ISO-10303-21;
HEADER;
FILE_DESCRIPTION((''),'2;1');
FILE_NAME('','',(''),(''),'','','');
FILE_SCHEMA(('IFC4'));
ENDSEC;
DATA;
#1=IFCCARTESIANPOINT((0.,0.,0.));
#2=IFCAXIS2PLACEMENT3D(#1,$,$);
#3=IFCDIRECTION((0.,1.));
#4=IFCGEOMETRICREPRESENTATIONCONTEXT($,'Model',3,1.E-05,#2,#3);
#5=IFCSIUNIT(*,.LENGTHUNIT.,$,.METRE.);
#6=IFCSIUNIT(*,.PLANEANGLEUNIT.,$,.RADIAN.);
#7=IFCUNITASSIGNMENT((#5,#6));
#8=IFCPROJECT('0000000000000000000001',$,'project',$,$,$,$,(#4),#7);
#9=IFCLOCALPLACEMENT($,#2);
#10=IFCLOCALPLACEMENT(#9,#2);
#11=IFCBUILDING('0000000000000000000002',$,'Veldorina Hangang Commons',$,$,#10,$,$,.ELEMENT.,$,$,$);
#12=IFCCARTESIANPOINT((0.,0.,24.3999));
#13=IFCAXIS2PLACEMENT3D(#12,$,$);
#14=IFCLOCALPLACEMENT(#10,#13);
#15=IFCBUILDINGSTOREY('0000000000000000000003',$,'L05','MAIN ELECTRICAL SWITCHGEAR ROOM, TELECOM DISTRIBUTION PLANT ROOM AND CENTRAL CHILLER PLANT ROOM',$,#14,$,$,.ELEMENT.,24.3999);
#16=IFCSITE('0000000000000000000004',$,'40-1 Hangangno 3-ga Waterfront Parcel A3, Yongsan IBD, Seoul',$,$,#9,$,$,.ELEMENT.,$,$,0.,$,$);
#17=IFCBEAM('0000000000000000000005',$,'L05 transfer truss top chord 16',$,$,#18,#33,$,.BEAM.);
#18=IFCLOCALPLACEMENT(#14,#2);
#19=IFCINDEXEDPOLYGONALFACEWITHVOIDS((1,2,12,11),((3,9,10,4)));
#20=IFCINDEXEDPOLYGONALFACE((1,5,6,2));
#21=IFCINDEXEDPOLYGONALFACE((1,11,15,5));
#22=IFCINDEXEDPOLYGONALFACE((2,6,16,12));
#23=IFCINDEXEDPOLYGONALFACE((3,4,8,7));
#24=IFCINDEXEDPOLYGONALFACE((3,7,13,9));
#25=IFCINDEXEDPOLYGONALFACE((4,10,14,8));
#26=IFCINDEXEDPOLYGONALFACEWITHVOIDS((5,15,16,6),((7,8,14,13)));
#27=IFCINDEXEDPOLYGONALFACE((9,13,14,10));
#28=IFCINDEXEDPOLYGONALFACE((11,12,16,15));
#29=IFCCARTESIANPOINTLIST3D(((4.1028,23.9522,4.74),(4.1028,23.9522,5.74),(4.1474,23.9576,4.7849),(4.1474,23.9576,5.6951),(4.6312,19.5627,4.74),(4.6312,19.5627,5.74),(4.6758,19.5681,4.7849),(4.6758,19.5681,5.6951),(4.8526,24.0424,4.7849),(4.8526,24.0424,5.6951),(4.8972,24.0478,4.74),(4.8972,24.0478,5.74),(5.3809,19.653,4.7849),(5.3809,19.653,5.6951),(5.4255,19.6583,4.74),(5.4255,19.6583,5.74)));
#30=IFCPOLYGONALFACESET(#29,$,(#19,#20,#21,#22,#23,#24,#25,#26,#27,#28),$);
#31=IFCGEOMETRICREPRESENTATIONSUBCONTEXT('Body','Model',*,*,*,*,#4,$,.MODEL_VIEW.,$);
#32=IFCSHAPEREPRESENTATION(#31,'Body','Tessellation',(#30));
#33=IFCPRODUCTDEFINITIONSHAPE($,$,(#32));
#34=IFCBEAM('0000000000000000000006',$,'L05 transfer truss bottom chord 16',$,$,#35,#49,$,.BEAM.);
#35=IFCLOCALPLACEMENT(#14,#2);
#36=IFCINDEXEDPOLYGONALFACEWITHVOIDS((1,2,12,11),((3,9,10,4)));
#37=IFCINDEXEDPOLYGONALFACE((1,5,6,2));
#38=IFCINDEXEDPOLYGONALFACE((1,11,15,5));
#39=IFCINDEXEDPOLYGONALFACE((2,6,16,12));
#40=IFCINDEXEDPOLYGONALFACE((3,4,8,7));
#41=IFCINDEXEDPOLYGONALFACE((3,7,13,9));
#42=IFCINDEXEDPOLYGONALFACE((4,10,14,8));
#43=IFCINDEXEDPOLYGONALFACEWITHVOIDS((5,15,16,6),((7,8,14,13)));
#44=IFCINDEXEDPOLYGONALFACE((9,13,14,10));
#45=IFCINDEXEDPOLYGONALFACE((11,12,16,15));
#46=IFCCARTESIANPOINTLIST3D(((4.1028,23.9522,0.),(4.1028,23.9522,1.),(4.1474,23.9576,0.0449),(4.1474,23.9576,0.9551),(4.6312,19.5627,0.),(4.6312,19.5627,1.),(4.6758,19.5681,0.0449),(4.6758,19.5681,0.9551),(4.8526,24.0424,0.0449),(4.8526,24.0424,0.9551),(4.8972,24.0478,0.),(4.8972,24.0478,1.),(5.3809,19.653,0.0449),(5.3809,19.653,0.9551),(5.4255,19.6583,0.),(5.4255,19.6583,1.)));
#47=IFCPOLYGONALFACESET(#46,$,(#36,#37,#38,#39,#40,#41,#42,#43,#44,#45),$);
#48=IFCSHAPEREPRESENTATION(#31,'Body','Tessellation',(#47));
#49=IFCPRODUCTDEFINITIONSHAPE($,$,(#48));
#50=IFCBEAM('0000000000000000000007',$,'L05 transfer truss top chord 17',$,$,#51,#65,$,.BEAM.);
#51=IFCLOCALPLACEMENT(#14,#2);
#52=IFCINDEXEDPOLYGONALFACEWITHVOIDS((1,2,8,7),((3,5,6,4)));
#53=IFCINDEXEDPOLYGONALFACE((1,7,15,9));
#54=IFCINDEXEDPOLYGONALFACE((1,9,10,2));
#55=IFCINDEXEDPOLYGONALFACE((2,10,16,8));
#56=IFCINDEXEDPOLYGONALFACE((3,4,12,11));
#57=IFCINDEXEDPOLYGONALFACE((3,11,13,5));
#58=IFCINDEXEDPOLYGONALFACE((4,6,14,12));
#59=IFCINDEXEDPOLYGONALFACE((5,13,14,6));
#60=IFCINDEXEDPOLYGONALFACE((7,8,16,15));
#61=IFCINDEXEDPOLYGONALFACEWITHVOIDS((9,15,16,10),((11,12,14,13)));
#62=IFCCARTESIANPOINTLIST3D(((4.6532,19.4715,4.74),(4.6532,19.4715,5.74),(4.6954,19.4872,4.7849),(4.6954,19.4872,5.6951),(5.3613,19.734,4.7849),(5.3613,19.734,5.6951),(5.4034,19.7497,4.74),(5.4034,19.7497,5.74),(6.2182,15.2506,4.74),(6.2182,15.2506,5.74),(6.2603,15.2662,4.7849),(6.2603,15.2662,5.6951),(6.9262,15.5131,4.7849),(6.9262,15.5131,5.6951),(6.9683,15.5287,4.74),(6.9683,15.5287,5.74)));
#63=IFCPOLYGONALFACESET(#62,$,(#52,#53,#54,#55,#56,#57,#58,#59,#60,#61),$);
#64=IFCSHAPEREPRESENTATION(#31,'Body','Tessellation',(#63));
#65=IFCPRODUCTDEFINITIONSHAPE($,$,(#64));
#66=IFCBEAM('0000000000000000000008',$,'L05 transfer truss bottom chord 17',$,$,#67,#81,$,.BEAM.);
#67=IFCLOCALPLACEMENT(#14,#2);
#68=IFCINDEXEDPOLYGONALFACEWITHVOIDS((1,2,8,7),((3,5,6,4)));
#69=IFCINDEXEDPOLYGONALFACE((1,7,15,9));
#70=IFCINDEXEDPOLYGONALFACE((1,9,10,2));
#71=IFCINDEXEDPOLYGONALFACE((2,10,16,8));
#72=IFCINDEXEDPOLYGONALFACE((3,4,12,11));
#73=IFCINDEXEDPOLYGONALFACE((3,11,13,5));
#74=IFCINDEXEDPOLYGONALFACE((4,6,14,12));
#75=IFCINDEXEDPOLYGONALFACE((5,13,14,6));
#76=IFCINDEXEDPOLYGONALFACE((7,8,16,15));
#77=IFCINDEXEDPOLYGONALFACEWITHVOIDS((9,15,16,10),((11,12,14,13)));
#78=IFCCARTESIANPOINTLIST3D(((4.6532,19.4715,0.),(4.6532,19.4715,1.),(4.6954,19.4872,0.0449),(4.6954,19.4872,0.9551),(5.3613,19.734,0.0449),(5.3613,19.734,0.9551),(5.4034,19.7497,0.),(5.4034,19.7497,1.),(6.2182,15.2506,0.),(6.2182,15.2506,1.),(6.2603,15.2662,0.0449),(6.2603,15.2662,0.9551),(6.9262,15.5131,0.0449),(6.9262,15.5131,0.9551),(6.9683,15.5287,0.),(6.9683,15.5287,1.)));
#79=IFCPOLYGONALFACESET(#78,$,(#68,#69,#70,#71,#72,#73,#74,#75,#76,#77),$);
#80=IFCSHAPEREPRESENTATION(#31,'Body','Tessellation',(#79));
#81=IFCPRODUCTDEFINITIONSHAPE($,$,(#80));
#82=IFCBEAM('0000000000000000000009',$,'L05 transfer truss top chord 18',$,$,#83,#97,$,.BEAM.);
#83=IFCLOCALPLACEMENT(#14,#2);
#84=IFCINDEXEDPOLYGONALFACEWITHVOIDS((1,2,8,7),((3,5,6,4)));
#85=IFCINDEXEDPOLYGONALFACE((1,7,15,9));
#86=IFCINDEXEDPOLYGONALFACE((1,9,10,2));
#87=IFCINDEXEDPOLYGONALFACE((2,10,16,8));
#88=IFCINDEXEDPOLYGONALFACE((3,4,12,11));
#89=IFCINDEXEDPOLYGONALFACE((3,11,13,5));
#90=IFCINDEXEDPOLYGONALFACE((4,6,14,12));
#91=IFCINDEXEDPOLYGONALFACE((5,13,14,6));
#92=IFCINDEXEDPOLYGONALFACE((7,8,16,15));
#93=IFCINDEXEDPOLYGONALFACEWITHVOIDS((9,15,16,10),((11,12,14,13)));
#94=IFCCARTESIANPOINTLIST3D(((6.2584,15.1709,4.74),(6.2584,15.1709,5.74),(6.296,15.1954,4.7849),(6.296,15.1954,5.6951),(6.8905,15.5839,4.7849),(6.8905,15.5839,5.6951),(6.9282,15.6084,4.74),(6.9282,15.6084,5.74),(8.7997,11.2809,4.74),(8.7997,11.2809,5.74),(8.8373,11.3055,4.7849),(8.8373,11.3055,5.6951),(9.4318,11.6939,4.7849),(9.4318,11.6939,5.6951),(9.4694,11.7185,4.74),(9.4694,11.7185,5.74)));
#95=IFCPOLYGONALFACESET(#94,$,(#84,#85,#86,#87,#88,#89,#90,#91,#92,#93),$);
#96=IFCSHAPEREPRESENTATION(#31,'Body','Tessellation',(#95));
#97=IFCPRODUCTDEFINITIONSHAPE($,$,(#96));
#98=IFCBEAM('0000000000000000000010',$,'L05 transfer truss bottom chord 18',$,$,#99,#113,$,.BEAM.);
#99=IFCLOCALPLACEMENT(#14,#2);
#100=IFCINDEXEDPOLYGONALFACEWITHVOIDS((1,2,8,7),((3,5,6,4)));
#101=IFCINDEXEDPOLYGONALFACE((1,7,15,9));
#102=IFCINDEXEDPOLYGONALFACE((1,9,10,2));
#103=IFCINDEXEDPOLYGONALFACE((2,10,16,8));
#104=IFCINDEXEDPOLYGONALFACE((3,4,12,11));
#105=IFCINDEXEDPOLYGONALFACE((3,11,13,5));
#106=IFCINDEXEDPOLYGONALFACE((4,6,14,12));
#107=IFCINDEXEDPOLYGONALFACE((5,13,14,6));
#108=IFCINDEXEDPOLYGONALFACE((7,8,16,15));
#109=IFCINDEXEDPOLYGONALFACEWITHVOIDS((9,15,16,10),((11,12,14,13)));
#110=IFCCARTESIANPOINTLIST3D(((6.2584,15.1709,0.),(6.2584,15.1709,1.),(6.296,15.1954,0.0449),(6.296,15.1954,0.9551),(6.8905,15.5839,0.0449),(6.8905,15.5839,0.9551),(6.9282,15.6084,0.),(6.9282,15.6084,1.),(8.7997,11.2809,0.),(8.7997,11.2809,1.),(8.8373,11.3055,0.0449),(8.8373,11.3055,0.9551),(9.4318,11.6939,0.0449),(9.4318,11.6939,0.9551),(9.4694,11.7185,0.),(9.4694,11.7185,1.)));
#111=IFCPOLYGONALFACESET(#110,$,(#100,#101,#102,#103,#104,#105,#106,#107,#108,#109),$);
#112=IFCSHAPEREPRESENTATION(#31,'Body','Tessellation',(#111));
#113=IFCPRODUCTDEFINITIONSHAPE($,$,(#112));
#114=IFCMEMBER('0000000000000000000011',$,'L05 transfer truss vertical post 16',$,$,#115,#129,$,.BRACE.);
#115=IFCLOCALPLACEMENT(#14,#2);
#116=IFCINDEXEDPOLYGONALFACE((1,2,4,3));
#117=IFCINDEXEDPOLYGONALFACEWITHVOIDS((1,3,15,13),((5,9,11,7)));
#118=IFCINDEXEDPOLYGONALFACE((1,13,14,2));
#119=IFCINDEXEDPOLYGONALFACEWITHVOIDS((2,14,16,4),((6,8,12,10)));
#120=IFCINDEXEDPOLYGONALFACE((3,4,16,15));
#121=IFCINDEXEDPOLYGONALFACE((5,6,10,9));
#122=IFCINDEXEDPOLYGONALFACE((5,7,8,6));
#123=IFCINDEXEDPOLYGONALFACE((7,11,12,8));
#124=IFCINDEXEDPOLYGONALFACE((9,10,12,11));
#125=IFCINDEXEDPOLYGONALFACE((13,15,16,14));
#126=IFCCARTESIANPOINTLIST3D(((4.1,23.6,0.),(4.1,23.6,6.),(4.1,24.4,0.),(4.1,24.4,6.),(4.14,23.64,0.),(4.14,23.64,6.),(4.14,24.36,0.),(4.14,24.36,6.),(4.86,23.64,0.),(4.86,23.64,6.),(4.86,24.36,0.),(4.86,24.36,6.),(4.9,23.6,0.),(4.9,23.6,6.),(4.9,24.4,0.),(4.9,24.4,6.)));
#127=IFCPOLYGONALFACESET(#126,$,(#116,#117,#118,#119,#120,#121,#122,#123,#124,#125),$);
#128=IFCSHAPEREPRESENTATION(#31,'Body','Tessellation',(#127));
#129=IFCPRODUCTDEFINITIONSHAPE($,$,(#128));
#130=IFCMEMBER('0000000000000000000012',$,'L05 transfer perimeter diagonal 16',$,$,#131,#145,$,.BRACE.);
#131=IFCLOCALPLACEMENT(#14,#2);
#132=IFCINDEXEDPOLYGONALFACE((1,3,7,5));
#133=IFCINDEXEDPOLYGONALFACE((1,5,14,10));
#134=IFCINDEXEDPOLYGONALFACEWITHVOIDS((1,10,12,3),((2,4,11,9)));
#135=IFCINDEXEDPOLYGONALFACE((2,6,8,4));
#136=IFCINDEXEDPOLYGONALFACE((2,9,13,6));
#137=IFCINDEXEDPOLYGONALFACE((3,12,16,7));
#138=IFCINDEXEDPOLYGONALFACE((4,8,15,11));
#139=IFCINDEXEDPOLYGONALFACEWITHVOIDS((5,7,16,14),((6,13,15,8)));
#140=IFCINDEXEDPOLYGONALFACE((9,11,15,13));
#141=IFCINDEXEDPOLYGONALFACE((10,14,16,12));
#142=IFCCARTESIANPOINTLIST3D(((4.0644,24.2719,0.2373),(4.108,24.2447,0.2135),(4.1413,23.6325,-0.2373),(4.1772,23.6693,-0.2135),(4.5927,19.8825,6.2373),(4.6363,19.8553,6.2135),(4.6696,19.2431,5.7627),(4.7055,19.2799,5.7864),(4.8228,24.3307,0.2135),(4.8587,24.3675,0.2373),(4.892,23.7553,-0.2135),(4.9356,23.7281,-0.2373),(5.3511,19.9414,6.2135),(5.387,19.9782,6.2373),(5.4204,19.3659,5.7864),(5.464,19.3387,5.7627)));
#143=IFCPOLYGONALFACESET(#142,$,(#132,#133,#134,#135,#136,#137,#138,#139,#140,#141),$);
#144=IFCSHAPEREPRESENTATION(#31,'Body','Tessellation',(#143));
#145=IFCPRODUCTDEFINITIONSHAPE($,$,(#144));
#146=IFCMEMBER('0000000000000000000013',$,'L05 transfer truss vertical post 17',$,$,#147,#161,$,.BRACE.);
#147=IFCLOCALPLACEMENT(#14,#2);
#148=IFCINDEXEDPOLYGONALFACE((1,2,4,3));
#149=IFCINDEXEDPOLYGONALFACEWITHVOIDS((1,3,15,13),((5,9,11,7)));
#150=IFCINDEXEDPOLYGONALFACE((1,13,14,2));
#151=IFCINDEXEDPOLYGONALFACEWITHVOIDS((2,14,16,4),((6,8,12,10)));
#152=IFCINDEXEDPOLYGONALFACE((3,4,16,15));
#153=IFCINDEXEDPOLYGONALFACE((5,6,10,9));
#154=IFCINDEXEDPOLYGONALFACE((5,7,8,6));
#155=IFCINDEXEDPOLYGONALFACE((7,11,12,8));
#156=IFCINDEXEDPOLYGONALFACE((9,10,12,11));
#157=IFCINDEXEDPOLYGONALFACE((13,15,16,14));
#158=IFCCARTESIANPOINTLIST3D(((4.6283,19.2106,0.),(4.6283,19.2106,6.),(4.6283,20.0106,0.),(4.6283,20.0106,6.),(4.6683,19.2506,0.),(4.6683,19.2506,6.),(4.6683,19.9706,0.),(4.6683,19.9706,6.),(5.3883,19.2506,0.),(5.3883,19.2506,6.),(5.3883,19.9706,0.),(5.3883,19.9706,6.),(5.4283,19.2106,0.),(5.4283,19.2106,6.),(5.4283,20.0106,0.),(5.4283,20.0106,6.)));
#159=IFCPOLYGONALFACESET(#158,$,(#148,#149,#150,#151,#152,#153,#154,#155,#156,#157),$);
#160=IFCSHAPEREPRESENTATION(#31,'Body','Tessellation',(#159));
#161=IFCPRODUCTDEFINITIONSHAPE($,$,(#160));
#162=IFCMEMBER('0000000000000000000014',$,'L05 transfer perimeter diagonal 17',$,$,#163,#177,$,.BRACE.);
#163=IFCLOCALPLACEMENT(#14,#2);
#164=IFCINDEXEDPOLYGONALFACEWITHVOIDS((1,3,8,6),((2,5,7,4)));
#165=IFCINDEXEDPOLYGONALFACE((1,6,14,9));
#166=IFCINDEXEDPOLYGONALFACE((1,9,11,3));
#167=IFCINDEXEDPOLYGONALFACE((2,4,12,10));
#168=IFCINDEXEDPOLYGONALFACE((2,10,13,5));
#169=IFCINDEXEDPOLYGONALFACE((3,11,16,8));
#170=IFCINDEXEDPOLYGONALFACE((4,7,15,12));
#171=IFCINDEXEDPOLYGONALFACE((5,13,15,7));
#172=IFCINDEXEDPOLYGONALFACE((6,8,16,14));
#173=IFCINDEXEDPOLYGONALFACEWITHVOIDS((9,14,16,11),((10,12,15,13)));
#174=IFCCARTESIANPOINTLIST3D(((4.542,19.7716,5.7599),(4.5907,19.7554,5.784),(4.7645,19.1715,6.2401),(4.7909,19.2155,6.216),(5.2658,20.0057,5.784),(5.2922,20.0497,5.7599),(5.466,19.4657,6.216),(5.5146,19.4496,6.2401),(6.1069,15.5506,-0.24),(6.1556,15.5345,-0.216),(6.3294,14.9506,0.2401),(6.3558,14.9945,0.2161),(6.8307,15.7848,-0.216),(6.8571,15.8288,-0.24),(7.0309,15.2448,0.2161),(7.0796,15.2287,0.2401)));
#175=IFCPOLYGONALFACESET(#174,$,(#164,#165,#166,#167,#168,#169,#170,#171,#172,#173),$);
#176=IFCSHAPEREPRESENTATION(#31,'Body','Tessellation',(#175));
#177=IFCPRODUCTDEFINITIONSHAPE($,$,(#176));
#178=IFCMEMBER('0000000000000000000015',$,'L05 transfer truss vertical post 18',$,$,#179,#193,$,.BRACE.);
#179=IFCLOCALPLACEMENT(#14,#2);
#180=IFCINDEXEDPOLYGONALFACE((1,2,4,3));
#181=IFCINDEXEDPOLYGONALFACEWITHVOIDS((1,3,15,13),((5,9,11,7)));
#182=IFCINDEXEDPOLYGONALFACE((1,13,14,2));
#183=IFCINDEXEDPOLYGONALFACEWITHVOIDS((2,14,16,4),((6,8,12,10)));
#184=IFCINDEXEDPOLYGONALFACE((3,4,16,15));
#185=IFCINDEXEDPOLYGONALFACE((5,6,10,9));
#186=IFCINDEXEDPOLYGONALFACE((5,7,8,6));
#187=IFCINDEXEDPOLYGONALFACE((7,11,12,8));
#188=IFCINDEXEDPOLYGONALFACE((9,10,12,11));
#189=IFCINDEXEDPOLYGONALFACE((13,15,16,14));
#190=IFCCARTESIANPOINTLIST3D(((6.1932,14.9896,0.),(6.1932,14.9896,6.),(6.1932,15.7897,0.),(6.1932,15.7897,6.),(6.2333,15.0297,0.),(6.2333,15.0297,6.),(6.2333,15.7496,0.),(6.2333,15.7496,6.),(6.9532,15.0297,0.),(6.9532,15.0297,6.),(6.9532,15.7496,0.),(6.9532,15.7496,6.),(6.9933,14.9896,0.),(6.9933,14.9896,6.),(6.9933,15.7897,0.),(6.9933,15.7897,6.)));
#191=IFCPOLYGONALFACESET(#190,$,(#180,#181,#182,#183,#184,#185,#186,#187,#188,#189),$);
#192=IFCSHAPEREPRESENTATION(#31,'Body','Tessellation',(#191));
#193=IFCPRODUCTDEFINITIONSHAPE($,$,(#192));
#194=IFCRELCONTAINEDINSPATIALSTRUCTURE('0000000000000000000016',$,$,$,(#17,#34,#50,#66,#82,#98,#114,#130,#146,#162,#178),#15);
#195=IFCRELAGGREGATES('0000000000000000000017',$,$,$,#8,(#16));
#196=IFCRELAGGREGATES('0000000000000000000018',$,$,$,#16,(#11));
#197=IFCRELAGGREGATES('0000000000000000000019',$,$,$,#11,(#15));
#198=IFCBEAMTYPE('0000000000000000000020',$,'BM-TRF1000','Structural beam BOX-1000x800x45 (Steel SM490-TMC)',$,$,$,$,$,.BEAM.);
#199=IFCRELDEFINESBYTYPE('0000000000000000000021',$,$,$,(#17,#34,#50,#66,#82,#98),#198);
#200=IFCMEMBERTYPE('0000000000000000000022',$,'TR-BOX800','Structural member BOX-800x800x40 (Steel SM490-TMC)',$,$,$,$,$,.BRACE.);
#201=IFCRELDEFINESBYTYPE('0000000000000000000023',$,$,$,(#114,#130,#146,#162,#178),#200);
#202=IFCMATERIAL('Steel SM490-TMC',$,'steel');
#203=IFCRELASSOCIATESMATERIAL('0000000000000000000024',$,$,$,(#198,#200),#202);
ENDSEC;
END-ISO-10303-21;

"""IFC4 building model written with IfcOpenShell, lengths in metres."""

from ifc_helpers import new_model, si_unit, direction, frame, origin, origin_2d, place, context, subcontext, project, spatial, hollow_rectangle, extrude, material, material_profile, profile_set, type_object, element, save


model = new_model("IFC4")

# Units and contexts
model_context = context("Model", 3, precision=1e-05, world=origin(), true_north=direction((0.0, 1.0)))
body_context = subcontext(model_context, "Body", "Model", "MODEL_VIEW")
ifc_project = project(units=[si_unit("LENGTHUNIT", "METRE"), si_unit("PLANEANGLEUNIT", "RADIAN")], contexts=[model_context])

# Site, building, storey
site_placement = place(None, origin())
site = spatial("IfcSite", under=ifc_project, at=site_placement, Name="40-1 Hangangno 3-ga Waterfront Parcel A3, Yongsan IBD, Seoul", CompositionType="ELEMENT", RefElevation=0.0)
building_placement = place(site_placement, origin())
building = spatial("IfcBuilding", under=site, at=building_placement, Name="Veldorina Hangang Commons", CompositionType="ELEMENT")
storey_placement = place(building_placement, frame((0.0, 0.0, 24.3999)))
storey = spatial("IfcBuildingStorey", under=building, at=storey_placement, Name="L05", Description="MAIN ELECTRICAL SWITCHGEAR ROOM, TELECOM DISTRIBUTION PLANT ROOM AND CENTRAL CHILLER PLANT ROOM", CompositionType="ELEMENT", Elevation=24.3999)

# Beams
ifc_material_1 = material(Name="Steel SM490-TMC", Category="steel")
ifc_material_profile_1 = material_profile(ifc_material_1, hollow_rectangle(XDim=0.8, YDim=1.0, WallThickness=0.0449, at=origin_2d()), Name="BOX-1000x800x45")
ifc_profile_set_1 = profile_set([ifc_material_profile_1], Name="Steel SM490-TMC")
beam_type = type_object("IfcBeamType", Name="BM-TRF1000", Description="Structural beam BOX-1000x800x45 (Steel SM490-TMC)", PredefinedType="BEAM", material=ifc_profile_set_1)
for number, where, z_axis, x_axis, name in (
    (1, (4.5, 24.0, 5.24), (0.1195, -0.992834, 0.0), (0.992834, 0.1195, 0.0), "L05 transfer truss top chord 16"),
    (2, (4.5, 24.0, 0.5), (0.1195, -0.992834, 0.0), (0.992834, 0.1195, 0.0), "L05 transfer truss bottom chord 16"),
):
    element("IfcBeam", number, at=place(storey_placement, frame(where, z_axis=z_axis, x_axis=x_axis)), inside=storey, type_object=beam_type, Name=name, PredefinedType="BEAM", context=body_context, shape_type="SweptSolid", body=[
        extrude(hollow_rectangle(XDim=0.8, YDim=1.0, WallThickness=0.0449, at=origin_2d()), origin(), (0.0, 0.0, 1.0), 4.4211),
    ])
for number, where, z_axis, x_axis, name in (
    (3, (5.0283, 19.6106, 5.24), (0.347632, -0.937631, 0.0), (0.937631, 0.347632, 0.0), "L05 transfer truss top chord 17"),
    (4, (5.0283, 19.6106, 0.5), (0.347632, -0.937631, 0.0), (0.937631, 0.347632, 0.0), "L05 transfer truss bottom chord 17"),
):
    element("IfcBeam", number, at=place(storey_placement, frame(where, z_axis=z_axis, x_axis=x_axis)), inside=storey, type_object=beam_type, Name=name, PredefinedType="BEAM", context=body_context, shape_type="SweptSolid", body=[
        extrude(hollow_rectangle(XDim=0.8, YDim=1.0, WallThickness=0.0449, at=origin_2d()), origin(), (0.0, 0.0, 1.0), 4.5017),
    ])
for number, where, z_axis, x_axis, name in (
    (5, (6.5933, 15.3896, 5.24), (0.546928, -0.83718, 0.0), (0.83718, 0.546928, 0.0), "L05 transfer truss top chord 18"),
    (6, (6.5933, 15.3896, 0.5), (0.546928, -0.83718, 0.0), (0.83718, 0.546928, 0.0), "L05 transfer truss bottom chord 18"),
):
    element("IfcBeam", number, at=place(storey_placement, frame(where, z_axis=z_axis, x_axis=x_axis)), inside=storey, type_object=beam_type, Name=name, PredefinedType="BEAM", context=body_context, shape_type="SweptSolid", body=[
        extrude(hollow_rectangle(XDim=0.8, YDim=1.0, WallThickness=0.0449, at=origin_2d()), origin(), (0.0, 0.0, 1.0), 4.6465),
    ])

# Members
ifc_material_profile_2 = material_profile(ifc_material_1, hollow_rectangle(XDim=0.8, YDim=0.8, WallThickness=0.04, at=origin_2d()), Name="BOX-800x800x40")
ifc_profile_set_2 = profile_set([ifc_material_profile_2], Name="Steel SM490-TMC")
member_type = type_object("IfcMemberType", Name="TR-BOX800", Description="Structural member BOX-800x800x40 (Steel SM490-TMC)", PredefinedType="BRACE", material=ifc_profile_set_2)
member_1_placement = place(storey_placement, frame((4.5, 24.0, 0.0), z_axis=(0.0, 0.0, 1.0), x_axis=(1.0, 0.0, 0.0)))
element("IfcMember", 7, at=member_1_placement, inside=storey, type_object=member_type, Name="L05 transfer truss vertical post 16", PredefinedType="BRACE", context=body_context, shape_type="SweptSolid", body=[
    extrude(hollow_rectangle(XDim=0.8, YDim=0.8, WallThickness=0.04, at=origin_2d()), origin(), (0.0, 0.0, 1.0), 6.0),
])
member_2_placement = place(storey_placement, frame((4.5, 24.0, 0.0), z_axis=(0.070888, -0.588951, 0.805054), x_axis=(0.992834, 0.1195, 0.0)))
element("IfcMember", 8, at=member_2_placement, inside=storey, type_object=member_type, Name="L05 transfer perimeter diagonal 16", PredefinedType="BRACE", context=body_context, shape_type="SweptSolid", body=[
    extrude(hollow_rectangle(XDim=0.8, YDim=0.8, WallThickness=0.04, at=origin_2d()), origin(), (0.0, 0.0, 1.0), 7.4529),
])
member_3_placement = place(storey_placement, frame((5.0283, 19.6106, 0.0), z_axis=(0.0, 0.0, 1.0), x_axis=(1.0, 0.0, 0.0)))
element("IfcMember", 9, at=member_3_placement, inside=storey, type_object=member_type, Name="L05 transfer truss vertical post 17", PredefinedType="BRACE", context=body_context, shape_type="SweptSolid", body=[
    extrude(hollow_rectangle(XDim=0.8, YDim=0.8, WallThickness=0.04, at=origin_2d()), origin(), (0.0, 0.0, 1.0), 6.0),
])
member_4_placement = place(storey_placement, frame((5.0283, 19.6106, 6.0), z_axis=(0.20863, -0.562716, -0.79989), x_axis=(0.937631, 0.347632, 0.0)))
element("IfcMember", 10, at=member_4_placement, inside=storey, type_object=member_type, Name="L05 transfer perimeter diagonal 17", PredefinedType="BRACE", context=body_context, shape_type="SweptSolid", body=[
    extrude(hollow_rectangle(XDim=0.8, YDim=0.8, WallThickness=0.04, at=origin_2d()), origin(), (0.0, 0.0, 1.0), 7.501),
])
member_5_placement = place(storey_placement, frame((6.5933, 15.3896, 0.0), z_axis=(0.0, 0.0, 1.0), x_axis=(1.0, 0.0, 0.0)))
element("IfcMember", 11, at=member_5_placement, inside=storey, type_object=member_type, Name="L05 transfer truss vertical post 18", PredefinedType="BRACE", context=body_context, shape_type="SweptSolid", body=[
    extrude(hollow_rectangle(XDim=0.8, YDim=0.8, WallThickness=0.04, at=origin_2d()), origin(), (0.0, 0.0, 1.0), 6.0),
])

save(model, "model.ifc")
